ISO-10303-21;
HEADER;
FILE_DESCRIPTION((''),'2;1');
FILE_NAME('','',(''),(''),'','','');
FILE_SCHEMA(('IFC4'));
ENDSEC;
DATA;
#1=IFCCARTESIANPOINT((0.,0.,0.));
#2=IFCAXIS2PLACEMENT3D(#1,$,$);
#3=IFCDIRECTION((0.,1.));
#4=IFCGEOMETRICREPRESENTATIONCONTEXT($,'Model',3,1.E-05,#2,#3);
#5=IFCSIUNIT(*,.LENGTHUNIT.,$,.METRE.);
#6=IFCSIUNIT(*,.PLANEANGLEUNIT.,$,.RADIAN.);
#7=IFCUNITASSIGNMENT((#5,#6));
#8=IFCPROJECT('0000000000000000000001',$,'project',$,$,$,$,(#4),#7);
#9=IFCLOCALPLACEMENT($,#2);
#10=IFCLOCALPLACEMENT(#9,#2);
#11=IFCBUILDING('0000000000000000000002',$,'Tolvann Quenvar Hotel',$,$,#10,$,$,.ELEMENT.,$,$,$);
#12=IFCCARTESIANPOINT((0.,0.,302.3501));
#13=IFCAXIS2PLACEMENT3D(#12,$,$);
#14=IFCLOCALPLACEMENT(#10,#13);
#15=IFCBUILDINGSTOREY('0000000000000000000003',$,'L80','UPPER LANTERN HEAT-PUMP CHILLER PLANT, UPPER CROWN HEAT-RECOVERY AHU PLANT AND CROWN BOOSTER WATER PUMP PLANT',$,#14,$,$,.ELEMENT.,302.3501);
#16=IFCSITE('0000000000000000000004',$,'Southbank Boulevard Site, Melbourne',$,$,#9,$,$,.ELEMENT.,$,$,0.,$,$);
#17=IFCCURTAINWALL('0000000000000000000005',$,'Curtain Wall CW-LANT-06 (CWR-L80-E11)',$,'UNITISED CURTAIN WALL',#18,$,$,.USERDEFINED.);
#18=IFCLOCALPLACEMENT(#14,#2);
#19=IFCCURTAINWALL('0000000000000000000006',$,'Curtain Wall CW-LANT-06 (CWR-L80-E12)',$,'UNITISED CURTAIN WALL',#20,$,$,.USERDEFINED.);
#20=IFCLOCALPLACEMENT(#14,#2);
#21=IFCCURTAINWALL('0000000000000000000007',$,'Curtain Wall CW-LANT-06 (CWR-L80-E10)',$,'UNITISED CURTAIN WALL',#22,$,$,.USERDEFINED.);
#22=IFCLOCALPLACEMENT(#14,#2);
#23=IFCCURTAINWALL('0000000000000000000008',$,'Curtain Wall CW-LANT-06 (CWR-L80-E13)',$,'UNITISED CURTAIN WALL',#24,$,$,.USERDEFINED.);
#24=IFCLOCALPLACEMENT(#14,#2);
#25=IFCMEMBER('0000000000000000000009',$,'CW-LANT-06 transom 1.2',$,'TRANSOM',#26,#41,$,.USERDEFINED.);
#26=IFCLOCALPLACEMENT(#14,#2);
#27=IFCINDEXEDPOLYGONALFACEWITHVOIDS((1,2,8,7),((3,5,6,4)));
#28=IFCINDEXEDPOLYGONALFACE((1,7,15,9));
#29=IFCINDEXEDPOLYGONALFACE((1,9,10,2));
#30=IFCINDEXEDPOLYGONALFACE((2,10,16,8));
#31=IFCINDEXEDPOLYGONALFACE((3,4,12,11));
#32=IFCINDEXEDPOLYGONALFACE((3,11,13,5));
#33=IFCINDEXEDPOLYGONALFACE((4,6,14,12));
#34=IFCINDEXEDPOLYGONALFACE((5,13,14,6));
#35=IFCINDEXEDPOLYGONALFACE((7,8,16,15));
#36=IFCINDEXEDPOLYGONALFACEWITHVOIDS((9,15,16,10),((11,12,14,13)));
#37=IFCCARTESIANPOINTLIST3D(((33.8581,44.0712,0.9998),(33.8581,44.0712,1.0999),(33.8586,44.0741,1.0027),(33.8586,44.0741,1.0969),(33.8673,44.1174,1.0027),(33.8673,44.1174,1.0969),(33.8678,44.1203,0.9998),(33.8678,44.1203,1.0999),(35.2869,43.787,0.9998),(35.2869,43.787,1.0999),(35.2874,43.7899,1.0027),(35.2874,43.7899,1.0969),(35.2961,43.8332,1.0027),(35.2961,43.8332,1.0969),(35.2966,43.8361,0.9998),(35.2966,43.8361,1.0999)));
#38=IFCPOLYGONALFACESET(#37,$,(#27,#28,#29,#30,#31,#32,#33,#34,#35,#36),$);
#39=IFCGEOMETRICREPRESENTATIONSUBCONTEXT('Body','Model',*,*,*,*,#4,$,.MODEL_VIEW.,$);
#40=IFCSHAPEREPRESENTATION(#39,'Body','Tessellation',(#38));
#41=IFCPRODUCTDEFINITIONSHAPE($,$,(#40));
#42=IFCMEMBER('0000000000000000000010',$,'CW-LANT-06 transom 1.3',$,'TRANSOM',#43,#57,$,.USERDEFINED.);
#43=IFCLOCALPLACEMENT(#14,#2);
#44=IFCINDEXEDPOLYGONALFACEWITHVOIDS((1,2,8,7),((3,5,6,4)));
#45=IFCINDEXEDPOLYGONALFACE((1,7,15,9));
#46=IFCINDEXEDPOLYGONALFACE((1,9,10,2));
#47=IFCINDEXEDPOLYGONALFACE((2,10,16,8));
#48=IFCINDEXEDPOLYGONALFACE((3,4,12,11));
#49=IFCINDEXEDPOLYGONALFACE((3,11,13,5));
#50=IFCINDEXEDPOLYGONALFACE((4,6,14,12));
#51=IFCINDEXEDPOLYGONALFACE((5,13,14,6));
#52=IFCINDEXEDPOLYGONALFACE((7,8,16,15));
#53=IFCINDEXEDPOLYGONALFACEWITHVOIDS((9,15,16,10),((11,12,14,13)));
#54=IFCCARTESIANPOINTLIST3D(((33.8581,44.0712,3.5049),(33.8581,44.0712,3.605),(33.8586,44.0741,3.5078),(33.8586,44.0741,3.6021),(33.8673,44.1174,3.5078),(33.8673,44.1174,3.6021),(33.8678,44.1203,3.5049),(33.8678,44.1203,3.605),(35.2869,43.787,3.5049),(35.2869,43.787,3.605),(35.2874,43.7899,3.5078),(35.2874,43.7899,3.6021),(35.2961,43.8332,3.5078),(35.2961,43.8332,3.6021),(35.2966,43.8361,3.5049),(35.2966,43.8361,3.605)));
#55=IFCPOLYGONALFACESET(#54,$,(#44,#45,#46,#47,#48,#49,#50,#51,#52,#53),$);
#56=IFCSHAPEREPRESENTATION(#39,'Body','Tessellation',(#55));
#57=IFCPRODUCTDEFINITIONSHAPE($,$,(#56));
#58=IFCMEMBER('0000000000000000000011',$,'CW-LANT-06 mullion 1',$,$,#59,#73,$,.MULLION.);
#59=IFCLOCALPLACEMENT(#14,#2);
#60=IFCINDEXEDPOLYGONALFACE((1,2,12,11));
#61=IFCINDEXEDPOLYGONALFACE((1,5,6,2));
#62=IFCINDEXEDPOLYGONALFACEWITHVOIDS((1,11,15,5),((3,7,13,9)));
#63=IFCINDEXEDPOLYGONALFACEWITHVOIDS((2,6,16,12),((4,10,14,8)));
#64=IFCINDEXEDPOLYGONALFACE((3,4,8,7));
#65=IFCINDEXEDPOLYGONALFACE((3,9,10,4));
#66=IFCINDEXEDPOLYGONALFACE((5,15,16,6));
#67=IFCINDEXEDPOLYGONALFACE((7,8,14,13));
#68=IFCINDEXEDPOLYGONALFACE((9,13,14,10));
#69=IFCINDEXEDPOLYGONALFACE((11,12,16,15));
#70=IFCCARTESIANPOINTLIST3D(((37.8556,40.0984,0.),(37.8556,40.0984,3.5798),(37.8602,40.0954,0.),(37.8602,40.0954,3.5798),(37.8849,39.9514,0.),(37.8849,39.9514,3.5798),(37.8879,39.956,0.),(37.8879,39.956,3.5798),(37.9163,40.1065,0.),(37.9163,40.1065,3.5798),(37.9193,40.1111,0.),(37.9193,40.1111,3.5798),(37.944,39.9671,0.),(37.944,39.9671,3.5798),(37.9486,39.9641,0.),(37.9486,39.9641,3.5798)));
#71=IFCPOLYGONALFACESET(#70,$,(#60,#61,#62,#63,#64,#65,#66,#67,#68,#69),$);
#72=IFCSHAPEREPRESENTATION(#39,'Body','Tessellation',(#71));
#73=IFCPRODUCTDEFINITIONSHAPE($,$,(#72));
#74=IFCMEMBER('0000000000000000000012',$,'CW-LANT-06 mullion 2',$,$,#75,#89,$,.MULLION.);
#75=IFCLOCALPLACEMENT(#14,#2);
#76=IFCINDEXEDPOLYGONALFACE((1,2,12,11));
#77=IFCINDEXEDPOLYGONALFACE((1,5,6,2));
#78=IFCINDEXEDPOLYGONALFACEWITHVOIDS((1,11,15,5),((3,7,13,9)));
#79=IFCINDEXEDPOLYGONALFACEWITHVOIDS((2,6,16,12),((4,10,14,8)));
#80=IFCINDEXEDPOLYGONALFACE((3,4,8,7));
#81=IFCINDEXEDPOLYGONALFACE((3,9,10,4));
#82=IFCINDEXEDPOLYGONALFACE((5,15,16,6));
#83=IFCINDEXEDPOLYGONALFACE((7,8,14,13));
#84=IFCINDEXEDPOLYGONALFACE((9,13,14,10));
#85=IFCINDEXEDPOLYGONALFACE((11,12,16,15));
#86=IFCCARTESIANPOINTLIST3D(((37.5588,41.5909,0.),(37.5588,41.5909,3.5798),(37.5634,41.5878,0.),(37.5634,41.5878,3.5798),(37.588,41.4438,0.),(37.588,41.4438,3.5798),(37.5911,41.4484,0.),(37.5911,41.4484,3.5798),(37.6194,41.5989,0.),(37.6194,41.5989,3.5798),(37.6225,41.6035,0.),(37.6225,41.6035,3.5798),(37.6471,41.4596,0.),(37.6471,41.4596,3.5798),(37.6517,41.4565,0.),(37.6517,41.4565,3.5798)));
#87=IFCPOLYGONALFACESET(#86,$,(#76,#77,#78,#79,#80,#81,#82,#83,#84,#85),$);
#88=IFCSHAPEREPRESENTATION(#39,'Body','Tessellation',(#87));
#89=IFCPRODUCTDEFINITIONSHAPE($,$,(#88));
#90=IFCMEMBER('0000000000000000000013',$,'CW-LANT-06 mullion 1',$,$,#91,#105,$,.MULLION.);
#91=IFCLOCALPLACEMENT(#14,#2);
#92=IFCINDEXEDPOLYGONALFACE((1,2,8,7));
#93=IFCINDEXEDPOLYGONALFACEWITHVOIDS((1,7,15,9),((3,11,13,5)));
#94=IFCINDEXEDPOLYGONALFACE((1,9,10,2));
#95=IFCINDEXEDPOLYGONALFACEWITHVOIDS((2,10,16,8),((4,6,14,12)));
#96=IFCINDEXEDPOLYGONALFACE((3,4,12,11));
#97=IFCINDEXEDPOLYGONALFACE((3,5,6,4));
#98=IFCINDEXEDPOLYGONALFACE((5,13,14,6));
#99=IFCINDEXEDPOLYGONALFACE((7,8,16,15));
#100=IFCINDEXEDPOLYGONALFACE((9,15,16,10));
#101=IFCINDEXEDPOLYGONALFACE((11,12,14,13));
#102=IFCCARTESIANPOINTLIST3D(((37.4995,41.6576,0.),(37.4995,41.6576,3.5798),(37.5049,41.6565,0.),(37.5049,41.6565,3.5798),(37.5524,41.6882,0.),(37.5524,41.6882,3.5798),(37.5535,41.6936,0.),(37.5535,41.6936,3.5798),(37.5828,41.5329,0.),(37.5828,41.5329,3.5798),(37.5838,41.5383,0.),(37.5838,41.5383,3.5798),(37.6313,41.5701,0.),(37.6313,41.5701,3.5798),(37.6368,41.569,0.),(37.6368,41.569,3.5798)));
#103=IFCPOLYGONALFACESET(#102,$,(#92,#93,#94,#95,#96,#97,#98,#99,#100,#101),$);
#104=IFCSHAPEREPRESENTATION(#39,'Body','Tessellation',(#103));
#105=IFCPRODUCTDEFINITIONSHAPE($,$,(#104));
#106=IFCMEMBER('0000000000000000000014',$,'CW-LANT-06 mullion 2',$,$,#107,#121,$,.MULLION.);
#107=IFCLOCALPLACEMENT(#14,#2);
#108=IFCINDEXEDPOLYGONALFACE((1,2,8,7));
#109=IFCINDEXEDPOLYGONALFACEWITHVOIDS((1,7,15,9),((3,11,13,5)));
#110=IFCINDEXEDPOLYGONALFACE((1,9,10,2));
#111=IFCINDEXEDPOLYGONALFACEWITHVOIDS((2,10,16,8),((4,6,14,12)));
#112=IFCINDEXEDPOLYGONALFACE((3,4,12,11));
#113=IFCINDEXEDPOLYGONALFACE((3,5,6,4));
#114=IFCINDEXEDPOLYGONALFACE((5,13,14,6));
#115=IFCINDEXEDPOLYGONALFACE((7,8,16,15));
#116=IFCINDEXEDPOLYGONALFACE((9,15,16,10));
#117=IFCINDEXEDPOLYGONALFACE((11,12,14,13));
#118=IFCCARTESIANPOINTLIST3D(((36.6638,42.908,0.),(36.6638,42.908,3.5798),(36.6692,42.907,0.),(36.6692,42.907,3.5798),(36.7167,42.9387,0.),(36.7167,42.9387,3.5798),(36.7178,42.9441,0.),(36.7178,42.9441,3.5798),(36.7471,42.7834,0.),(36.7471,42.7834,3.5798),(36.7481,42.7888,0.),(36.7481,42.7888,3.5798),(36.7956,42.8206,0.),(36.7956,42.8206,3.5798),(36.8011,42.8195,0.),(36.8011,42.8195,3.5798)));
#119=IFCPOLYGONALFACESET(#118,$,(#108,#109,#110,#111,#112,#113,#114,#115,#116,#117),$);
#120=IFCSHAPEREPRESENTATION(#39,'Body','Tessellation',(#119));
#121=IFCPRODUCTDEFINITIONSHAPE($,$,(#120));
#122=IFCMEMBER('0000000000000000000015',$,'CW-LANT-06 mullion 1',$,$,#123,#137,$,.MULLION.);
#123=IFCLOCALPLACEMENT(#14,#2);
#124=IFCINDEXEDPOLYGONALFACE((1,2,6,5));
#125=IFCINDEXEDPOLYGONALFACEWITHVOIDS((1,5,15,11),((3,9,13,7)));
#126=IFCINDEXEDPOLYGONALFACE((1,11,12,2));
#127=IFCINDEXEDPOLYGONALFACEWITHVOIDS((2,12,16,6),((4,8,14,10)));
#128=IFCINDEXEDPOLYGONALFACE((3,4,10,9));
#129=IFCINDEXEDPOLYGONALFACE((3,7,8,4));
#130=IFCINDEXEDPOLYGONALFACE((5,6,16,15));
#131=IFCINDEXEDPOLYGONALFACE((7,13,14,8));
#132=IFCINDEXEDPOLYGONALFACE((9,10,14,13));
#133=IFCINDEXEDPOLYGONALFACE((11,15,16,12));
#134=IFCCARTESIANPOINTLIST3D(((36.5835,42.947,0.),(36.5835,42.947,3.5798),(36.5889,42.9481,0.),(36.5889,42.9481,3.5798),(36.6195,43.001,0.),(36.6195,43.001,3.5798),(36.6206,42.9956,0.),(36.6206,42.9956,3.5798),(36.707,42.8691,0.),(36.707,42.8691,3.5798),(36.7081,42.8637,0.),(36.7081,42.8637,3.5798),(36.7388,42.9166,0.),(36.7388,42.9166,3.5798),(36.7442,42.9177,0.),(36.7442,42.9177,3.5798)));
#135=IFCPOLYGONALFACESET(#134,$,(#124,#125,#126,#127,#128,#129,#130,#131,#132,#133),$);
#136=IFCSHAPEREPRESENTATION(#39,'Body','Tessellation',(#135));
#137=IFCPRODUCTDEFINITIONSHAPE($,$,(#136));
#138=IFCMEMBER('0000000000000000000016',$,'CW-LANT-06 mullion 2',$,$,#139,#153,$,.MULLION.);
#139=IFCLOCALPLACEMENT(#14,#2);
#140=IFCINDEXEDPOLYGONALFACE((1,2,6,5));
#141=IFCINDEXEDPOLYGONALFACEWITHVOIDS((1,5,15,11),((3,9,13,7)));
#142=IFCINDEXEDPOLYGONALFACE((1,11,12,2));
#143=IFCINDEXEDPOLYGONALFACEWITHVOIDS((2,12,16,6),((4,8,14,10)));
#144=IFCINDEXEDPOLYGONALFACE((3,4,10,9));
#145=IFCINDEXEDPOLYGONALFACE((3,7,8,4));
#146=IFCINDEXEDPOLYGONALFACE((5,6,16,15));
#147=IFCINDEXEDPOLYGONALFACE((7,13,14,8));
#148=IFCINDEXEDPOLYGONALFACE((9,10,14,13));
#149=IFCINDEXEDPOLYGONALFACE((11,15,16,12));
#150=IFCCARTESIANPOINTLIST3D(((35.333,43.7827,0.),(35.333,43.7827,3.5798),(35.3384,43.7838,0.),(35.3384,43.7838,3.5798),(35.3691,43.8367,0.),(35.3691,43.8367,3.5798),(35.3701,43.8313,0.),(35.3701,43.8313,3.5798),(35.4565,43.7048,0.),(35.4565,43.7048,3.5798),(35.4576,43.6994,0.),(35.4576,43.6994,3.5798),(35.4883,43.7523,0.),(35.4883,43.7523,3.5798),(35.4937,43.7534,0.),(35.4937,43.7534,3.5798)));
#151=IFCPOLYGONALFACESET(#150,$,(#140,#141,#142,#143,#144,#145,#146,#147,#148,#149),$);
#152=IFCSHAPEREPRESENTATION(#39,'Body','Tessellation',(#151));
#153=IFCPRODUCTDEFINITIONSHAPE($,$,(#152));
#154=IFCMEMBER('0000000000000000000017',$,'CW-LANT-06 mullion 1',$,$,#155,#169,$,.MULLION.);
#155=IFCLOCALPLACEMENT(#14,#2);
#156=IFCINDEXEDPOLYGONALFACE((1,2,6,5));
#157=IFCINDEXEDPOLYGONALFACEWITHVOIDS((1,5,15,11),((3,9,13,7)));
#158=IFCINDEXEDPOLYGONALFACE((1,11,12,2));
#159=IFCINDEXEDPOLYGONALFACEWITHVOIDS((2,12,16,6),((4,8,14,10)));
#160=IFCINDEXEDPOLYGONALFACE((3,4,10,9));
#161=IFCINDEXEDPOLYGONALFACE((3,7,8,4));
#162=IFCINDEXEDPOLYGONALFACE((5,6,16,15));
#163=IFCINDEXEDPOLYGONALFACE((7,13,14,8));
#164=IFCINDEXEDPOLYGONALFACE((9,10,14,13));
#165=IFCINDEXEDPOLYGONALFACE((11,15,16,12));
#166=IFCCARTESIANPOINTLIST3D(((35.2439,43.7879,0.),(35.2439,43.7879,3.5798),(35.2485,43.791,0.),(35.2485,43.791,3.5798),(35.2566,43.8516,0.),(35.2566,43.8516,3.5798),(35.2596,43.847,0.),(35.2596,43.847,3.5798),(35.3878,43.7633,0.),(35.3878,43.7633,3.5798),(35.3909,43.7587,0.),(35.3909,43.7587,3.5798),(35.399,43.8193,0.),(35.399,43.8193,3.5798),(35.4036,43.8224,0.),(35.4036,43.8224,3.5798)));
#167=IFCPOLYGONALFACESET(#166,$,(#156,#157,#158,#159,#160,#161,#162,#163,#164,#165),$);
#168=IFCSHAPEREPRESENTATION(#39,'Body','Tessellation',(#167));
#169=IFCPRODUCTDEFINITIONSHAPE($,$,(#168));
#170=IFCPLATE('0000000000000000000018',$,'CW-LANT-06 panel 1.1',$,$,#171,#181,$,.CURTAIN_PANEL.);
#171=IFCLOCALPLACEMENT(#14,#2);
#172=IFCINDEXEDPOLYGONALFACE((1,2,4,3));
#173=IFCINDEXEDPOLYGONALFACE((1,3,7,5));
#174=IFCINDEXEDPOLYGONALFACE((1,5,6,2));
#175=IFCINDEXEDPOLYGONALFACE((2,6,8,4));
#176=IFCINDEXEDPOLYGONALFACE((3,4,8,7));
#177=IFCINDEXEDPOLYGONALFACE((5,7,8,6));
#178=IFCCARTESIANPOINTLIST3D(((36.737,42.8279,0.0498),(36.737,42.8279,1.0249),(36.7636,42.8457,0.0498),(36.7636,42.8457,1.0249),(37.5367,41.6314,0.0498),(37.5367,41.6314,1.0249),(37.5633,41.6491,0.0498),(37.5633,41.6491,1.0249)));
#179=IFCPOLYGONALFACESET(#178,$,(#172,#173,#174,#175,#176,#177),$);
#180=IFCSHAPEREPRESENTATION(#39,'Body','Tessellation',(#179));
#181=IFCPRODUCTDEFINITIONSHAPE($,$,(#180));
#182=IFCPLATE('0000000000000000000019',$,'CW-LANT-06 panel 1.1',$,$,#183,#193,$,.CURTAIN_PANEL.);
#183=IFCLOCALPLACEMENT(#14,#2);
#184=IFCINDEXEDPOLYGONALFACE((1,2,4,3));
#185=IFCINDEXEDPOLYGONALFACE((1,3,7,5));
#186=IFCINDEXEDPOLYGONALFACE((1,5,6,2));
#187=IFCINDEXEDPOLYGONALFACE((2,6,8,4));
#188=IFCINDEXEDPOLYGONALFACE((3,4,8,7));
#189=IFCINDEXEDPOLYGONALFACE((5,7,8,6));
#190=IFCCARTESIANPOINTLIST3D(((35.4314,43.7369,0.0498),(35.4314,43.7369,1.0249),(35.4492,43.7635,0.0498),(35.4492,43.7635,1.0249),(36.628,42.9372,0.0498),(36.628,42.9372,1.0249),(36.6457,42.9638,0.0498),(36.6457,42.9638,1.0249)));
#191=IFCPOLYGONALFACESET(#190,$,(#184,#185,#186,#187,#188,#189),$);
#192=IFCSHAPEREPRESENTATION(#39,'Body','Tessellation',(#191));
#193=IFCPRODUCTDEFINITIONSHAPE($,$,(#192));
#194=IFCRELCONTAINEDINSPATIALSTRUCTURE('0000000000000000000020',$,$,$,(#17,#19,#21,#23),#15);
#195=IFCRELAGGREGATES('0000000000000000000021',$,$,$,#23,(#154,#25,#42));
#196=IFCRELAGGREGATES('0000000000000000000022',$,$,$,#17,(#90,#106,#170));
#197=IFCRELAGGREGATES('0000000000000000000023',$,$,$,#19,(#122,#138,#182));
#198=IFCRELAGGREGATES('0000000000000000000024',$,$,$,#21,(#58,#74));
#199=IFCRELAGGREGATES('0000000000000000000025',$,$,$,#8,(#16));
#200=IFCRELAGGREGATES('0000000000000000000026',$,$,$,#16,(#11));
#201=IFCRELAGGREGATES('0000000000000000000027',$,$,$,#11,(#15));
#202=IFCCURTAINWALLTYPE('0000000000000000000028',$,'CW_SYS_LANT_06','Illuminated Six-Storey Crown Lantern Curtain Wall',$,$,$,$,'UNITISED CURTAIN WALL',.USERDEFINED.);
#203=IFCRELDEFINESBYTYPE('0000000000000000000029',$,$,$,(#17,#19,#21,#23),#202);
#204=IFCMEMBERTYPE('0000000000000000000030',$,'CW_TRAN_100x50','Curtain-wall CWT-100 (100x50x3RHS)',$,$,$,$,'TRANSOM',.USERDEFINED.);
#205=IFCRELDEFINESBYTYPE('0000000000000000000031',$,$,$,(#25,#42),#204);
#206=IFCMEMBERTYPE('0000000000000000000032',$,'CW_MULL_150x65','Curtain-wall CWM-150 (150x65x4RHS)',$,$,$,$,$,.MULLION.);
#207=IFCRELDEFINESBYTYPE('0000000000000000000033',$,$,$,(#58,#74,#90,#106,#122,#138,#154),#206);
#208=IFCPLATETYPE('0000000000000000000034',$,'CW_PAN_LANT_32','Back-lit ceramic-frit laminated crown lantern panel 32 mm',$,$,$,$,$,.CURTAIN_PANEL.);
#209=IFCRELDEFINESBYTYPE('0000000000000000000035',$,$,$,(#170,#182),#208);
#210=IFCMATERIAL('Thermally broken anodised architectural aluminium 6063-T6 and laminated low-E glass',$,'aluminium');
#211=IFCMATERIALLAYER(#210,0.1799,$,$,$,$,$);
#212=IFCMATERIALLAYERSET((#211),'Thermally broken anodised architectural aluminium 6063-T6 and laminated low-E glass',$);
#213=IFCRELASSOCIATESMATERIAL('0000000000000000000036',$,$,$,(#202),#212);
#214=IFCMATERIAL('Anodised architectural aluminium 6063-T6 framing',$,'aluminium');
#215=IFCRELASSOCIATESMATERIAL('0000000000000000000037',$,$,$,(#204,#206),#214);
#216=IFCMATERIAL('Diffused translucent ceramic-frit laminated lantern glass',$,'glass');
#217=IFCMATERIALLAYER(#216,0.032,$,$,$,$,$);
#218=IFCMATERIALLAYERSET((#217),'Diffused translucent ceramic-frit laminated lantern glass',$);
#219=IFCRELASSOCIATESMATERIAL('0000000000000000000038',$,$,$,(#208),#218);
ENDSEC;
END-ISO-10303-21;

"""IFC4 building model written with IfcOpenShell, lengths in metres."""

from ifc_helpers import new_model, si_unit, direction, frame, origin, origin_2d, place, context, subcontext, project, spatial, rectangle, hollow_rectangle, extrude, source, transform, mapped, material, layer, layer_set, material_profile, profile_set, type_object, type_shapes, element, aggregate, save


model = new_model("IFC4")

# Units and contexts
model_context = context("Model", 3, precision=1e-05, world=origin(), true_north=direction((0.0, 1.0)))
body_context = subcontext(model_context, "Body", "Model", "MODEL_VIEW")
ifc_project = project(units=[si_unit("LENGTHUNIT", "METRE"), si_unit("PLANEANGLEUNIT", "RADIAN")], contexts=[model_context])

# Site, building, storey
site_placement = place(None, origin())
site = spatial("IfcSite", under=ifc_project, at=site_placement, Name="Southbank Boulevard Site, Melbourne", CompositionType="ELEMENT", RefElevation=0.0)
building_placement = place(site_placement, origin())
building = spatial("IfcBuilding", under=site, at=building_placement, Name="Tolvann Quenvar Hotel", CompositionType="ELEMENT")
storey_placement = place(building_placement, frame((0.0, 0.0, 302.3501)))
storey = spatial("IfcBuildingStorey", under=building, at=storey_placement, Name="L80", Description="UPPER LANTERN HEAT-PUMP CHILLER PLANT, UPPER CROWN HEAT-RECOVERY AHU PLANT AND CROWN BOOSTER WATER PUMP PLANT", CompositionType="ELEMENT", Elevation=302.3501)

# Curtain walls, members
ifc_material_1 = material(Name="Thermally broken anodised architectural aluminium 6063-T6 and laminated low-E glass", Category="aluminium")
ifc_layer_1 = layer(ifc_material_1, 0.1799)
ifc_layer_set_1 = layer_set([ifc_layer_1], Name="Thermally broken anodised architectural aluminium 6063-T6 and laminated low-E glass")
curtain_wall_type = type_object("IfcCurtainWallType", Name="CW_SYS_LANT_06", Description="Illuminated Six-Storey Crown Lantern Curtain Wall", ElementType="UNITISED CURTAIN WALL", PredefinedType="USERDEFINED", material=ifc_layer_set_1)
curtain_wall_1_placement = place(storey_placement, origin())
curtain_wall_1 = element("IfcCurtainWall", 1, at=curtain_wall_1_placement, inside=storey, type_object=curtain_wall_type, Name="Curtain Wall CW-LANT-06 (CWR-L80-E11)", ObjectType="UNITISED CURTAIN WALL", PredefinedType="USERDEFINED")
ifc_material_2 = material(Name="Anodised architectural aluminium 6063-T6 framing", Category="aluminium")
ifc_material_profile_1 = material_profile(ifc_material_2, hollow_rectangle(XDim=0.05, YDim=0.1001, WallThickness=0.0029, at=origin_2d()), Name="100x50x3RHS")
ifc_profile_set_1 = profile_set([ifc_material_profile_1], Name="Anodised architectural aluminium 6063-T6 framing")
member_type_1 = type_object("IfcMemberType", Name="CW_TRAN_100x50", Description="Curtain-wall CWT-100 (100x50x3RHS)", ElementType="TRANSOM", PredefinedType="USERDEFINED", material=ifc_profile_set_1)
curtain_wall_2_placement = place(storey_placement, origin())
curtain_wall_2 = element("IfcCurtainWall", 2, at=curtain_wall_2_placement, inside=storey, type_object=curtain_wall_type, Name="Curtain Wall CW-LANT-06 (CWR-L80-E12)", ObjectType="UNITISED CURTAIN WALL", PredefinedType="USERDEFINED")
curtain_wall_3_placement = place(storey_placement, origin())
curtain_wall_3 = element("IfcCurtainWall", 3, at=curtain_wall_3_placement, inside=storey, type_object=curtain_wall_type, Name="Curtain Wall CW-LANT-06 (CWR-L80-E10)", ObjectType="UNITISED CURTAIN WALL", PredefinedType="USERDEFINED")
shared_shape_1 = source(origin(), body_context, "Body", "SweptSolid", [
    extrude(hollow_rectangle(XDim=0.05, YDim=0.1001, WallThickness=0.0029, at=origin_2d()), origin(), (0.0, 0.0, 1.0), 1.4568),
])
curtain_wall_4_placement = place(storey_placement, origin())
curtain_wall_4 = element("IfcCurtainWall", 4, at=curtain_wall_4_placement, inside=storey, type_object=curtain_wall_type, Name="Curtain Wall CW-LANT-06 (CWR-L80-E13)", ObjectType="UNITISED CURTAIN WALL", PredefinedType="USERDEFINED")
member_1_placement = place(storey_placement, frame((35.2917, 43.8115, 1.0498), z_axis=(-0.980786, 0.195085, 0.0), x_axis=(-0.195085, -0.980786, 0.0)))
member_1 = element("IfcMember", 5, at=member_1_placement, type_object=member_type_1, Name="CW-LANT-06 transom 1.2", ObjectType="TRANSOM", PredefinedType="USERDEFINED", context=body_context, shape_type="MappedRepresentation", body=[
    mapped(shared_shape_1, transform((0.0, 0.0, 0.0), x_axis=(1.0, 0.0, 0.0), y_axis=(0.0, 1.0, 0.0), z_axis=(0.0, 0.0, 1.0), scale=1.0)),
])
member_2_placement = place(storey_placement, frame((35.2917, 43.8115, 3.5549), z_axis=(-0.980786, 0.195085, 0.0), x_axis=(-0.195085, -0.980786, 0.0)))
member_2 = element("IfcMember", 6, at=member_2_placement, type_object=member_type_1, Name="CW-LANT-06 transom 1.3", ObjectType="TRANSOM", PredefinedType="USERDEFINED", context=body_context, shape_type="MappedRepresentation", body=[
    mapped(shared_shape_1, transform((0.0, 0.0, 0.0), x_axis=(1.0, 0.0, 0.0), y_axis=(0.0, 1.0, 0.0), z_axis=(0.0, 0.0, 1.0), scale=1.0)),
])

# Members
ifc_material_profile_2 = material_profile(ifc_material_2, hollow_rectangle(XDim=0.0649, YDim=0.1499, WallThickness=0.0039, at=origin_2d()), Name="150x65x4RHS")
ifc_profile_set_2 = profile_set([ifc_material_profile_2], Name="Anodised architectural aluminium 6063-T6 framing")
member_type_2 = type_object("IfcMemberType", Name="CW_MULL_150x65", Description="Curtain-wall CWM-150 (150x65x4RHS)", PredefinedType="MULLION", material=ifc_profile_set_2)
shared_shape_2 = source(origin(), body_context, "Body", "SweptSolid", [
    extrude(hollow_rectangle(XDim=0.0649, YDim=0.1499, WallThickness=0.0039, at=origin_2d()), origin(), (0.0, 0.0, 1.0), 3.5798),
])
type_shapes(member_type_2, [shared_shape_2])
member_3_placement = place(storey_placement, frame((37.9021, 40.0312, 0.0), z_axis=(0.0, 0.0, 1.0), x_axis=(-0.980791, -0.195062, 0.0)))
member_3 = element("IfcMember", 7, at=member_3_placement, type_object=member_type_2, Name="CW-LANT-06 mullion 1", PredefinedType="MULLION", context=body_context, shape_type="MappedRepresentation", body=[
    mapped(shared_shape_2, transform((0.0, 0.0, 0.0), x_axis=(1.0, 0.0, 0.0), y_axis=(0.0, 1.0, 0.0), z_axis=(0.0, 0.0, 1.0), scale=1.0)),
])
member_4_placement = place(storey_placement, frame((37.6052, 41.5237, 0.0), z_axis=(0.0, 0.0, 1.0), x_axis=(-0.980791, -0.195062, 0.0)))
member_4 = element("IfcMember", 8, at=member_4_placement, type_object=member_type_2, Name="CW-LANT-06 mullion 2", PredefinedType="MULLION", context=body_context, shape_type="MappedRepresentation", body=[
    mapped(shared_shape_2, transform((0.0, 0.0, 0.0), x_axis=(1.0, 0.0, 0.0), y_axis=(0.0, 1.0, 0.0), z_axis=(0.0, 0.0, 1.0), scale=1.0)),
])
member_5_placement = place(storey_placement, frame((37.5681, 41.6133, 0.0), z_axis=(0.0, 0.0, 1.0), x_axis=(-0.831412, -0.555656, 0.0)))
member_5 = element("IfcMember", 9, at=member_5_placement, type_object=member_type_2, Name="CW-LANT-06 mullion 1", PredefinedType="MULLION", context=body_context, shape_type="MappedRepresentation", body=[
    mapped(shared_shape_2, transform((0.0, 0.0, 0.0), x_axis=(1.0, 0.0, 0.0), y_axis=(0.0, 1.0, 0.0), z_axis=(0.0, 0.0, 1.0), scale=1.0)),
])
member_6_placement = place(storey_placement, frame((36.7324, 42.8638, 0.0), z_axis=(0.0, 0.0, 1.0), x_axis=(-0.831412, -0.555656, 0.0)))
member_6 = element("IfcMember", 10, at=member_6_placement, type_object=member_type_2, Name="CW-LANT-06 mullion 2", PredefinedType="MULLION", context=body_context, shape_type="MappedRepresentation", body=[
    mapped(shared_shape_2, transform((0.0, 0.0, 0.0), x_axis=(1.0, 0.0, 0.0), y_axis=(0.0, 1.0, 0.0), z_axis=(0.0, 0.0, 1.0), scale=1.0)),
])
member_7_placement = place(storey_placement, frame((36.6638, 42.9324, 0.0), z_axis=(0.0, 0.0, 1.0), x_axis=(-0.555656, -0.831412, 0.0)))
member_7 = element("IfcMember", 11, at=member_7_placement, type_object=member_type_2, Name="CW-LANT-06 mullion 1", PredefinedType="MULLION", context=body_context, shape_type="MappedRepresentation", body=[
    mapped(shared_shape_2, transform((0.0, 0.0, 0.0), x_axis=(1.0, 0.0, 0.0), y_axis=(0.0, 1.0, 0.0), z_axis=(0.0, 0.0, 1.0), scale=1.0)),
])
member_8_placement = place(storey_placement, frame((35.4133, 43.7681, 0.0), z_axis=(0.0, 0.0, 1.0), x_axis=(-0.555656, -0.831412, 0.0)))
member_8 = element("IfcMember", 12, at=member_8_placement, type_object=member_type_2, Name="CW-LANT-06 mullion 2", PredefinedType="MULLION", context=body_context, shape_type="MappedRepresentation", body=[
    mapped(shared_shape_2, transform((0.0, 0.0, 0.0), x_axis=(1.0, 0.0, 0.0), y_axis=(0.0, 1.0, 0.0), z_axis=(0.0, 0.0, 1.0), scale=1.0)),
])
member_9_placement = place(storey_placement, frame((35.3237, 43.8052, 0.0), z_axis=(0.0, 0.0, 1.0), x_axis=(-0.195062, -0.980791, 0.0)))
member_9 = element("IfcMember", 13, at=member_9_placement, type_object=member_type_2, Name="CW-LANT-06 mullion 1", PredefinedType="MULLION", context=body_context, shape_type="MappedRepresentation", body=[
    mapped(shared_shape_2, transform((0.0, 0.0, 0.0), x_axis=(1.0, 0.0, 0.0), y_axis=(0.0, 1.0, 0.0), z_axis=(0.0, 0.0, 1.0), scale=1.0)),
])
aggregate(curtain_wall_4, [member_9, member_1, member_2])

# Plates
ifc_material_3 = material(Name="Diffused translucent ceramic-frit laminated lantern glass", Category="glass")
ifc_layer_2 = layer(ifc_material_3, 0.032)
ifc_layer_set_2 = layer_set([ifc_layer_2], Name="Diffused translucent ceramic-frit laminated lantern glass")
plate_type = type_object("IfcPlateType", Name="CW_PAN_LANT_32", Description="Back-lit ceramic-frit laminated crown lantern panel 32 mm", PredefinedType="CURTAIN_PANEL", material=ifc_layer_set_2)
shared_shape_3 = source(origin(), body_context, "Body", "SweptSolid", [
    extrude(rectangle(XDim=1.4392, YDim=0.032, at=origin_2d()), origin(), (0.0, 0.0, 1.0), 0.9751),
])
plate_1_placement = place(storey_placement, frame((37.1501, 42.2385, 0.0498), z_axis=(0.0, 0.0, 1.0), x_axis=(-0.555656, 0.831412, 0.0)))
plate_1 = element("IfcPlate", 14, at=plate_1_placement, type_object=plate_type, Name="CW-LANT-06 panel 1.1", PredefinedType="CURTAIN_PANEL", context=body_context, shape_type="MappedRepresentation", body=[
    mapped(shared_shape_3, transform((0.0, 0.0, 0.0), x_axis=(1.0, 0.0, 0.0), y_axis=(0.0, 1.0, 0.0), z_axis=(0.0, 0.0, 1.0), scale=1.0)),
])
plate_2_placement = place(storey_placement, frame((36.0386, 43.3503, 0.0498), z_axis=(0.0, 0.0, 1.0), x_axis=(-0.831412, 0.555656, 0.0)))
plate_2 = element("IfcPlate", 15, at=plate_2_placement, type_object=plate_type, Name="CW-LANT-06 panel 1.1", PredefinedType="CURTAIN_PANEL", context=body_context, shape_type="MappedRepresentation", body=[
    mapped(shared_shape_3, transform((0.0, 0.0, 0.0), x_axis=(1.0, 0.0, 0.0), y_axis=(0.0, 1.0, 0.0), z_axis=(0.0, 0.0, 1.0), scale=1.0)),
])
aggregate(curtain_wall_1, [member_5, member_6, plate_1])
aggregate(curtain_wall_2, [member_7, member_8, plate_2])
aggregate(curtain_wall_3, [member_3, member_4])

save(model, "model.ifc")
